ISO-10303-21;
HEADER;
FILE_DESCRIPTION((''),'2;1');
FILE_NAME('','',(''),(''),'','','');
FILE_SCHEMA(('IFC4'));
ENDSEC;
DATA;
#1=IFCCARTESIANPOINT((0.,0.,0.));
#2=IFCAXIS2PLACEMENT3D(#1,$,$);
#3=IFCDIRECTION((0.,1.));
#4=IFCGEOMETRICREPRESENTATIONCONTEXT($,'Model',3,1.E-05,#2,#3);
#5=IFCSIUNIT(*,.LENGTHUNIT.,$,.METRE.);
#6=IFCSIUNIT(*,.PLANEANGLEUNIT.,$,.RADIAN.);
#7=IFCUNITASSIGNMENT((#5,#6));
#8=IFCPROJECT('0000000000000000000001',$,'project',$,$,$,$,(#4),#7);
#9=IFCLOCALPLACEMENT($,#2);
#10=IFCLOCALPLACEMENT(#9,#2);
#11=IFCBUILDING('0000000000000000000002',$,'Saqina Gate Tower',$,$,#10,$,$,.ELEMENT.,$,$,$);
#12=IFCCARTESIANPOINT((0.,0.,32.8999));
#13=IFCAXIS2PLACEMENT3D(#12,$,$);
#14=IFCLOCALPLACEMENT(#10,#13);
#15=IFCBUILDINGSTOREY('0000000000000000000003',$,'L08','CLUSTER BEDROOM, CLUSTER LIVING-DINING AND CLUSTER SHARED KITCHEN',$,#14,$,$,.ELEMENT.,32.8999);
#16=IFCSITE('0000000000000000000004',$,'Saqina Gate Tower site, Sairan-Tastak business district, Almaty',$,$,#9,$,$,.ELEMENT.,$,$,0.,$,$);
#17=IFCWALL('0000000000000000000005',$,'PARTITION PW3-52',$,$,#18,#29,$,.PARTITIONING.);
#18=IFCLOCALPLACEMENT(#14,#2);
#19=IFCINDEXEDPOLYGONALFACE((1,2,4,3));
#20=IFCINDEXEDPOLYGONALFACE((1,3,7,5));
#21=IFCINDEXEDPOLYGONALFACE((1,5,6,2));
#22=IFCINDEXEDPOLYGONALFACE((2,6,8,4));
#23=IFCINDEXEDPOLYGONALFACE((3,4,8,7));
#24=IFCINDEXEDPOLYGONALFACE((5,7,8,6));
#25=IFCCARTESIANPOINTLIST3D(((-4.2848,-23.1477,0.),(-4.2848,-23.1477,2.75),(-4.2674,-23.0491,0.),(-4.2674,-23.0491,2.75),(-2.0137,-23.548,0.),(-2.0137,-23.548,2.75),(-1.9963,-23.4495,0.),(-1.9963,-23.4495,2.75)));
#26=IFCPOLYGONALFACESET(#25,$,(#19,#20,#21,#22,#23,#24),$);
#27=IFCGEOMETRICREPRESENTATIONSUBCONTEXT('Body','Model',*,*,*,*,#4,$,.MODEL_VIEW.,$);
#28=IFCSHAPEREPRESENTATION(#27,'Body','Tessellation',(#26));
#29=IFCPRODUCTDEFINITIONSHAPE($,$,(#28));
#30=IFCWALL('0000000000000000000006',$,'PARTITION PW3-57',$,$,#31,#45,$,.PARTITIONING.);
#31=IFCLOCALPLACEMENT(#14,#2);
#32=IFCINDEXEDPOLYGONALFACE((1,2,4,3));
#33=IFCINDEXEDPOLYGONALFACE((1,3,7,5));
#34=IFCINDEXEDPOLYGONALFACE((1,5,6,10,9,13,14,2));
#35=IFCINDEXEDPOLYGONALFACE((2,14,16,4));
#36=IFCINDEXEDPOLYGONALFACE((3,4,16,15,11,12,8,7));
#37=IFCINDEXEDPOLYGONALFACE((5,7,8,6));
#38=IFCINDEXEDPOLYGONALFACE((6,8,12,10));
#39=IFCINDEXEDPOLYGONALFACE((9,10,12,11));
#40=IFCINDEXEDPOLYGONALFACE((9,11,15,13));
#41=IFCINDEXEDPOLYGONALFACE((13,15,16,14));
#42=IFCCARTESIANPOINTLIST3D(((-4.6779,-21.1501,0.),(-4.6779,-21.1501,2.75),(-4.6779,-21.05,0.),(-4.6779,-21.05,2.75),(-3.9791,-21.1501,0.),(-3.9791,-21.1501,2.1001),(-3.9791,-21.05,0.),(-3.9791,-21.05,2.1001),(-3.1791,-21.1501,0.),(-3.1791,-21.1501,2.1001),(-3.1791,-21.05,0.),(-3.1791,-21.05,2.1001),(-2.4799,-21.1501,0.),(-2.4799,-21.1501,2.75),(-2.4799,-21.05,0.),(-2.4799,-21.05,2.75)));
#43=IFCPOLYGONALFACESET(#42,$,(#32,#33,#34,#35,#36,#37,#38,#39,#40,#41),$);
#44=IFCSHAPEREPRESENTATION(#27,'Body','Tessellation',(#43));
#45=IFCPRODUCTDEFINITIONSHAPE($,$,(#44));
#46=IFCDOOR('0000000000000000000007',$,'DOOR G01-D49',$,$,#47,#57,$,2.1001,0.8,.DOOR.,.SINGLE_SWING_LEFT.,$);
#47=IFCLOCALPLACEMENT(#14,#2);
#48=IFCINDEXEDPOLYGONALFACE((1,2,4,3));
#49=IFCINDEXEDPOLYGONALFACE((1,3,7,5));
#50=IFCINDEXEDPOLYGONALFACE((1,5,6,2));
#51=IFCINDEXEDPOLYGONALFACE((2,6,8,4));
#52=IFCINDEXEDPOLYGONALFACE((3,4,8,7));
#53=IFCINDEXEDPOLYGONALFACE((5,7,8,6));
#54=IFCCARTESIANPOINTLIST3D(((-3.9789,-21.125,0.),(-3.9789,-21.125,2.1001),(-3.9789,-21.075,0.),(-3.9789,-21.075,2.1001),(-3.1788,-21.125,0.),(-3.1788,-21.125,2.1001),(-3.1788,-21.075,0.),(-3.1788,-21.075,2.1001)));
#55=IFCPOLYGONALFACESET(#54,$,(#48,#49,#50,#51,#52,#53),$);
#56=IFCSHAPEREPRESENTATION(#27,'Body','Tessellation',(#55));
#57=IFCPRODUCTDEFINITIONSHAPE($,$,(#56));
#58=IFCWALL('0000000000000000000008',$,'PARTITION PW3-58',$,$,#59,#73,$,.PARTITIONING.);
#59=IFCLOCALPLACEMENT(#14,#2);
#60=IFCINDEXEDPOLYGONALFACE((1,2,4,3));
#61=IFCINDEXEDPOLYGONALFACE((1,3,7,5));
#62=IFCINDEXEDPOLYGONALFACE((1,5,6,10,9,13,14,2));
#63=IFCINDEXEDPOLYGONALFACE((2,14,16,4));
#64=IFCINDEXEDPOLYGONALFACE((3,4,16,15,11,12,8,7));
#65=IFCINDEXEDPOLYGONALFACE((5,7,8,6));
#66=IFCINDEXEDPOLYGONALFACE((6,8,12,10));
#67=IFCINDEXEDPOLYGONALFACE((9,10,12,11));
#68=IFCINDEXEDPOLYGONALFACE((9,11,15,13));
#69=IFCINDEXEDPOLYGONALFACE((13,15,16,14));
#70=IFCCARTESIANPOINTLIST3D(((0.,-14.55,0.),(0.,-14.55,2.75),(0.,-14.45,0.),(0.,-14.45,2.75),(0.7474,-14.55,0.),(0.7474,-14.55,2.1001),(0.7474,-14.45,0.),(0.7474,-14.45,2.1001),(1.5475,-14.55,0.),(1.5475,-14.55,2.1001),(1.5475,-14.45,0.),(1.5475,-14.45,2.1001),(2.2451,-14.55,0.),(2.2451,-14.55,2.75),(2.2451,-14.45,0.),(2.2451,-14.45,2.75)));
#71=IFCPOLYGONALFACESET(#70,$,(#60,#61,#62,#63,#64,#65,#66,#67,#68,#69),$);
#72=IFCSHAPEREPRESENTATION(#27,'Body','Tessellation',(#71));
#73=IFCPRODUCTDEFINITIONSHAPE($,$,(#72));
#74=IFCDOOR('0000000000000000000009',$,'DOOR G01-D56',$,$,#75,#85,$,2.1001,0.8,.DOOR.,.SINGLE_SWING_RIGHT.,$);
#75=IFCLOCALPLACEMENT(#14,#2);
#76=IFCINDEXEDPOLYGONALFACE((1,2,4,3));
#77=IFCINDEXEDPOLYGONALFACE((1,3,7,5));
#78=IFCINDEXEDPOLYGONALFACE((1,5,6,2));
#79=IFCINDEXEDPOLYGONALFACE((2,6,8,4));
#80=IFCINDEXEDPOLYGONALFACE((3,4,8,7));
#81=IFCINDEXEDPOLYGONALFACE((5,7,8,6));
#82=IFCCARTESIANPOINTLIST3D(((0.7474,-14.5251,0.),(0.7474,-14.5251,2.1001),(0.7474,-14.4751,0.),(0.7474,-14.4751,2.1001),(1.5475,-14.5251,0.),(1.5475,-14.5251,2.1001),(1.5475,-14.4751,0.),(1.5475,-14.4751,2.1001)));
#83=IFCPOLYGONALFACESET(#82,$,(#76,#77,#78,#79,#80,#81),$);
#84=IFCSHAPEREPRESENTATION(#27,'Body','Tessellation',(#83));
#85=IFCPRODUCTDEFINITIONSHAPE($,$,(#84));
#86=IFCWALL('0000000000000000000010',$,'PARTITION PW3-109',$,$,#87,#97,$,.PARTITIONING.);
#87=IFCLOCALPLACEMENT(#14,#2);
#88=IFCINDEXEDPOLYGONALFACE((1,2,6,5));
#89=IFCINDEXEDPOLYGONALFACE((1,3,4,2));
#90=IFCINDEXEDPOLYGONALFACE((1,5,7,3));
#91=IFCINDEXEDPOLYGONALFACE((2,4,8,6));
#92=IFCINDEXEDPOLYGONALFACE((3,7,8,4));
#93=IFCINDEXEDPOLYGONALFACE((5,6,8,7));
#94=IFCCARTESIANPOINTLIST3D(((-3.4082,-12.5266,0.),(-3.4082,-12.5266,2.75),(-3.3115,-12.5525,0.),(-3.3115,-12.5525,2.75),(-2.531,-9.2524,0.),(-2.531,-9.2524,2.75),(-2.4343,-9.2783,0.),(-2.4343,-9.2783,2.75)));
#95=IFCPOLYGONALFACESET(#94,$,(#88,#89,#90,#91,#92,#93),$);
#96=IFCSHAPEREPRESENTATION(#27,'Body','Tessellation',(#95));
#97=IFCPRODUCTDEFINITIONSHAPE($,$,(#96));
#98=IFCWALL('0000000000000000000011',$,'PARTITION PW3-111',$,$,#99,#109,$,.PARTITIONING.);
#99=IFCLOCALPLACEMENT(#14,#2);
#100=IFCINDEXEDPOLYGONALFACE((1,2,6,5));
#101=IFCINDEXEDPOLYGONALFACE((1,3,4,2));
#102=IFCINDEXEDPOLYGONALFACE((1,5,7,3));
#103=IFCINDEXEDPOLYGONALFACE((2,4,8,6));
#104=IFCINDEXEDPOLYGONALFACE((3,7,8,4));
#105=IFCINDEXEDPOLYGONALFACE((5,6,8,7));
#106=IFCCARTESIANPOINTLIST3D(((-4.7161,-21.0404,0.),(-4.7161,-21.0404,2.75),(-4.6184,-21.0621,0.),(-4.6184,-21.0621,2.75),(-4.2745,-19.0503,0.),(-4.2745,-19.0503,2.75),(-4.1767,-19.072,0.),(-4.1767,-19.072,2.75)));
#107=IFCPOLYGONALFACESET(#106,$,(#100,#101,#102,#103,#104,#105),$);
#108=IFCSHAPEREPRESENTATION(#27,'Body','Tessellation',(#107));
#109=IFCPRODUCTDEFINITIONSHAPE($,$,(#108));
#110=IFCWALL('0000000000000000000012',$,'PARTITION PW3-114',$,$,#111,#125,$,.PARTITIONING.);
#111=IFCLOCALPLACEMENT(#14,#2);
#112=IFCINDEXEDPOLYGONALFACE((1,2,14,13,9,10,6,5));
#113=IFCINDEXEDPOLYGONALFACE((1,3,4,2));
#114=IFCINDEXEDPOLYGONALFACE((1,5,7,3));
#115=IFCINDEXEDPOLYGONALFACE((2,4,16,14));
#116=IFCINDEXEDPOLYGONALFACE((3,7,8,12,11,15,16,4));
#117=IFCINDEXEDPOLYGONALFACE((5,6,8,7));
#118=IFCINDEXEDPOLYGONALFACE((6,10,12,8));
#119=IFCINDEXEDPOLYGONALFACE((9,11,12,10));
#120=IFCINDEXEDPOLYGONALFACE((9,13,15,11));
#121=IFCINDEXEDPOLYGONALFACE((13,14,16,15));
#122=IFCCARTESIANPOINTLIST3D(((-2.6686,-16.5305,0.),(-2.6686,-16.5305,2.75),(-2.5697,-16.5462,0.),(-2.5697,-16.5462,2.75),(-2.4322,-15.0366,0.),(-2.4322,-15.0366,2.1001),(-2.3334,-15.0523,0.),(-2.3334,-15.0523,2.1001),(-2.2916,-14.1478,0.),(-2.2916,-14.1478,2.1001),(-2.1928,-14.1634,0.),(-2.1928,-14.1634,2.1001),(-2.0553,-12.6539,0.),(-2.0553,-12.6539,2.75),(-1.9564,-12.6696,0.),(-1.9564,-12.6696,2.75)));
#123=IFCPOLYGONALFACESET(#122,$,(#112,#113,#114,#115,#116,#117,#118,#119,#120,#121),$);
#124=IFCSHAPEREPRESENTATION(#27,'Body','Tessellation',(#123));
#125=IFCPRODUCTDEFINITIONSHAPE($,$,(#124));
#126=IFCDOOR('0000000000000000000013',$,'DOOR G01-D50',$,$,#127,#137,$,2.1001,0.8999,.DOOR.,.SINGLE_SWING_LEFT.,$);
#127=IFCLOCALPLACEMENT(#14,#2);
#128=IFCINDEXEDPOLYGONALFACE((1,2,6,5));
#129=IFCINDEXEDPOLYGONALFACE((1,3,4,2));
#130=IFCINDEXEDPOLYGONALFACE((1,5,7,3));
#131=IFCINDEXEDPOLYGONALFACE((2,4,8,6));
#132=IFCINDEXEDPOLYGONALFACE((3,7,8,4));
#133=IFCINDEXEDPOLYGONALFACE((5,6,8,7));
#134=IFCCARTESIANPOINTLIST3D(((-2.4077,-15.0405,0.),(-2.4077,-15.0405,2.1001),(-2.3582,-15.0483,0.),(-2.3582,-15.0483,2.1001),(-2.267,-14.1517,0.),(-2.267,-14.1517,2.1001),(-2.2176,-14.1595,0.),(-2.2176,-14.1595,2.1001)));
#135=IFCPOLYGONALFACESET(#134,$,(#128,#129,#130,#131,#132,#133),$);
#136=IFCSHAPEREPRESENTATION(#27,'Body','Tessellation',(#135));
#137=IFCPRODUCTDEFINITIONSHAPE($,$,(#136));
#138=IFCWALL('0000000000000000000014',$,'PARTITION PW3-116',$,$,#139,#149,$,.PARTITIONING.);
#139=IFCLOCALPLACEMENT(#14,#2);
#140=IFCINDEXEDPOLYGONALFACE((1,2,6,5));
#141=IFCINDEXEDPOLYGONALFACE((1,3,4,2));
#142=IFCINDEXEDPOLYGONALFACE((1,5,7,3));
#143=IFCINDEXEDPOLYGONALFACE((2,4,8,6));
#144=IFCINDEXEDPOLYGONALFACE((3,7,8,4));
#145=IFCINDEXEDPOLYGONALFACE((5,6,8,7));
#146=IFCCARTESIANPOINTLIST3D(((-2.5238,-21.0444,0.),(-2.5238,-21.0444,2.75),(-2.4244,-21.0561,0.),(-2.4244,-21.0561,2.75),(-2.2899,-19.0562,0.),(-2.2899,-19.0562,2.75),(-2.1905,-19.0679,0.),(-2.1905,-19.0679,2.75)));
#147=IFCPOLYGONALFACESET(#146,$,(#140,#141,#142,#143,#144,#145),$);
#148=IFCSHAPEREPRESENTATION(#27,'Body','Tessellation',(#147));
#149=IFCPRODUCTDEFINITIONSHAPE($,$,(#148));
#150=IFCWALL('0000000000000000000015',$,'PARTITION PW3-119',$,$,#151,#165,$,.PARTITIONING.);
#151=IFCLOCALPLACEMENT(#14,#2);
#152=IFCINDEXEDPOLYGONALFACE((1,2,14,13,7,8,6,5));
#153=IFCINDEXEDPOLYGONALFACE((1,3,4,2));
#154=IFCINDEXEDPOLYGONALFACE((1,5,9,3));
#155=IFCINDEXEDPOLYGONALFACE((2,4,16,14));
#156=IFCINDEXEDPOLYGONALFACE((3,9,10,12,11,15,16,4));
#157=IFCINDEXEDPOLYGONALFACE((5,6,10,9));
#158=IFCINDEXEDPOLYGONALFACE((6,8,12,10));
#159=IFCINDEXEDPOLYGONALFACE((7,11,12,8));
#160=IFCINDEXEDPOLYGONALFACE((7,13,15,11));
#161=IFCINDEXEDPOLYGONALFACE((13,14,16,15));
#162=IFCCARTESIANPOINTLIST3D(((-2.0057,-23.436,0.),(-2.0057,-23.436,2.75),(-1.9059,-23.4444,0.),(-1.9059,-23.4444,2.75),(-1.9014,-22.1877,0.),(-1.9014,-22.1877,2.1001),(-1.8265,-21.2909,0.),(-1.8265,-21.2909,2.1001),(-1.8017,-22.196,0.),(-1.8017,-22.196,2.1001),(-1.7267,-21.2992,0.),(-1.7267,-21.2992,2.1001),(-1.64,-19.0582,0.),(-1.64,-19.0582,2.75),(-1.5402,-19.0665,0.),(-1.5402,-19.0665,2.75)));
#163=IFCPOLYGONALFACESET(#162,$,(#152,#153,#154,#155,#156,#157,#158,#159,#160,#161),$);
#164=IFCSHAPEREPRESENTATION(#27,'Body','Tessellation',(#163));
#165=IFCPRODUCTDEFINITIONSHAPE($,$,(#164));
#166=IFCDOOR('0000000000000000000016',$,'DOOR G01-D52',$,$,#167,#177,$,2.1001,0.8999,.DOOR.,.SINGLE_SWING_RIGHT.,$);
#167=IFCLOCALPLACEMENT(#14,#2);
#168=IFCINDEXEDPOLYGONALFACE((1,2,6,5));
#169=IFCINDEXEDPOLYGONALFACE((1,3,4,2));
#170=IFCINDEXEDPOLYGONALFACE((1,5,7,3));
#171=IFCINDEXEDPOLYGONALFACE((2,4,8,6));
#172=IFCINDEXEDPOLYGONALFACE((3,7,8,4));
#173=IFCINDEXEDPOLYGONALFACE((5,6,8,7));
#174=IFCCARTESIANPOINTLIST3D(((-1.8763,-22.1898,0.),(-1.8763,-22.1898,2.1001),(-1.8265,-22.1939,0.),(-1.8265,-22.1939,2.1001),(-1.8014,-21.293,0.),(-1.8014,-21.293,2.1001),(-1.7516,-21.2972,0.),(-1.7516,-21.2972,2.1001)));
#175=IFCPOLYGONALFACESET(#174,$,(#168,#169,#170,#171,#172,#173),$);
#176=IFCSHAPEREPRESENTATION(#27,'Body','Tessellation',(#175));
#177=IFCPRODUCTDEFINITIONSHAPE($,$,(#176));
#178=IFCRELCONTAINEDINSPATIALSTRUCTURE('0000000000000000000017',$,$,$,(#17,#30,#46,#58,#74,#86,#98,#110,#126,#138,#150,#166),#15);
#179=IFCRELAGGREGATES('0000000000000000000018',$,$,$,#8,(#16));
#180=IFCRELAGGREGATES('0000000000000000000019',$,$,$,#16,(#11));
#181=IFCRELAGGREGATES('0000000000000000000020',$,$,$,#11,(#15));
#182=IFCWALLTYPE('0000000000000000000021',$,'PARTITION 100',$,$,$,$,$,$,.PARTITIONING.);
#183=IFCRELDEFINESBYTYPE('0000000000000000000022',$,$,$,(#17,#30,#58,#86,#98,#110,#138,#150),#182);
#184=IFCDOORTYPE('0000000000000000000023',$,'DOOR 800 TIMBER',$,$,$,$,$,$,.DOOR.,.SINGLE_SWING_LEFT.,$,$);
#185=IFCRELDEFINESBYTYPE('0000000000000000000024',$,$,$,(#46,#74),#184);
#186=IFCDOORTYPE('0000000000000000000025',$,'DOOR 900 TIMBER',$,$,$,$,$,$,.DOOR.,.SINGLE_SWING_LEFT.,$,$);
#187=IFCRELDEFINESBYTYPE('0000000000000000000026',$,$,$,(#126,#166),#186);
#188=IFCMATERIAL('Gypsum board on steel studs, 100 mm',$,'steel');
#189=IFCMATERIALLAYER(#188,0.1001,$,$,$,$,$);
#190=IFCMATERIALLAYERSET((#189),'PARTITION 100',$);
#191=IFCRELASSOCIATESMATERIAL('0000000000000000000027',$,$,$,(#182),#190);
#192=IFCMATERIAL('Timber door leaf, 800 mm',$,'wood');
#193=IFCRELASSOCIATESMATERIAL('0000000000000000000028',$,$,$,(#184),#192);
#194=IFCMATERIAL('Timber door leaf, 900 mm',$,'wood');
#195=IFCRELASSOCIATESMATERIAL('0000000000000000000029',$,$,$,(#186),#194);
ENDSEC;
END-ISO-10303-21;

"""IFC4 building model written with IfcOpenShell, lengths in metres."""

from ifc_helpers import new_model, si_unit, direction, frame, frame_2d, origin, place, context, subcontext, project, spatial, rectangle, extrude, material, layer, layer_set, type_object, element, fill, save


model = new_model("IFC4")

# Units and contexts
model_context = context("Model", 3, precision=1e-05, world=origin(), true_north=direction((0.0, 1.0)))
body_context = subcontext(model_context, "Body", "Model", "MODEL_VIEW")
ifc_project = project(units=[si_unit("LENGTHUNIT", "METRE"), si_unit("PLANEANGLEUNIT", "RADIAN")], contexts=[model_context])

# Site, building, storey
site_placement = place(None, origin())
site = spatial("IfcSite", under=ifc_project, at=site_placement, Name="Saqina Gate Tower site, Sairan-Tastak business district, Almaty", CompositionType="ELEMENT", RefElevation=0.0)
building_placement = place(site_placement, origin())
building = spatial("IfcBuilding", under=site, at=building_placement, Name="Saqina Gate Tower", CompositionType="ELEMENT")
storey_placement = place(building_placement, frame((0.0, 0.0, 32.8999)))
storey = spatial("IfcBuildingStorey", under=building, at=storey_placement, Name="L08", Description="CLUSTER BEDROOM, CLUSTER LIVING-DINING AND CLUSTER SHARED KITCHEN", CompositionType="ELEMENT", Elevation=32.8999)

# Wall
ifc_material_1 = material(Name="Gypsum board on steel studs, 100 mm", Category="steel")
ifc_layer_1 = layer(ifc_material_1, 0.1001)
ifc_layer_set_1 = layer_set([ifc_layer_1], Name="PARTITION 100")
wall_type_1 = type_object("IfcWallType", Name="PARTITION 100", PredefinedType="PARTITIONING", material=ifc_layer_set_1)
wall_1_placement = place(storey_placement, frame((-4.2761, -23.0984, 0.0), z_axis=(0.0, 0.0, 1.0), x_axis=(0.984814, -0.17361, 0.0)))
element("IfcWall", 1, at=wall_1_placement, inside=storey, type_object=wall_type_1, Name="PARTITION PW3-52", PredefinedType="PARTITIONING", context=body_context, shape_type="SweptSolid", body=[
    extrude(rectangle(XDim=2.3062, YDim=0.1001, at=frame_2d((1.1531, 0.0))), origin(), (0.0, 0.0, 1.0), 2.75),
])

# Walls, openings, doors
wall_2_placement = place(storey_placement, frame((-4.678, -21.1001, 0.0), z_axis=(0.0, 0.0, 1.0), x_axis=(1.0, 0.0, 0.0)))
wall_2 = element("IfcWall", 2, at=wall_2_placement, inside=storey, type_object=wall_type_1, Name="PARTITION PW3-57", PredefinedType="PARTITIONING", context=body_context, shape_type="SweptSolid", body=[
    extrude(rectangle(XDim=2.198, YDim=0.1001, at=frame_2d((1.0991, 0.0))), origin(), (0.0, 0.0, 1.0), 2.75),
])
opening_1_placement = place(wall_2_placement, frame((0.699, 0.0, 0.0)))
opening_1 = element("IfcOpeningElement", 3, at=opening_1_placement, cuts=wall_2, PredefinedType="OPENING", context=body_context, shape_type="SweptSolid", body=[
    extrude(rectangle(XDim=0.8, YDim=2.1001, at=frame_2d((0.3999, 1.05))), frame((0.0, 0.062, 0.0), z_axis=(0.0, -1.0, 0.0), x_axis=(1.0, 0.0, 0.0)), (0.0, 0.0, 1.0), 0.124),
])
ifc_material_2 = material(Name="Timber door leaf, 800 mm", Category="wood")
door_type_1 = type_object("IfcDoorType", Name="DOOR 800 TIMBER", OperationType="SINGLE_SWING_LEFT", PredefinedType="DOOR", material=ifc_material_2)
door_1_placement = place(opening_1_placement, frame((0.8, 0.0, 0.0), z_axis=(0.0, 0.0, 1.0), x_axis=(-1.0, 0.0, 0.0)))
door_1 = element("IfcDoor", 4, at=door_1_placement, inside=storey, type_object=door_type_1, Name="DOOR G01-D49", OperationType="SINGLE_SWING_LEFT", OverallHeight=2.1001, OverallWidth=0.8, PredefinedType="DOOR", context=body_context, shape_type="SweptSolid", body=[
    extrude(rectangle(XDim=0.8, YDim=2.1001, at=frame_2d((0.3999, 1.05))), frame((0.0, 0.0249, 0.0), z_axis=(0.0, -1.0, 0.0), x_axis=(1.0, 0.0, 0.0)), (0.0, 0.0, 1.0), 0.05),
])
fill(opening_1, door_1)
wall_3_placement = place(storey_placement, frame((0.0, -14.5, 0.0), z_axis=(0.0, 0.0, 1.0), x_axis=(1.0, 0.0, 0.0)))
wall_3 = element("IfcWall", 5, at=wall_3_placement, inside=storey, type_object=wall_type_1, Name="PARTITION PW3-58", PredefinedType="PARTITIONING", context=body_context, shape_type="SweptSolid", body=[
    extrude(rectangle(XDim=2.2451, YDim=0.1001, at=frame_2d((1.1226, 0.0))), origin(), (0.0, 0.0, 1.0), 2.75),
])
opening_2_placement = place(wall_3_placement, frame((0.7476, 0.0, 0.0)))
opening_2 = element("IfcOpeningElement", 6, at=opening_2_placement, cuts=wall_3, PredefinedType="OPENING", context=body_context, shape_type="SweptSolid", body=[
    extrude(rectangle(XDim=0.8, YDim=2.1001, at=frame_2d((0.3999, 1.05))), frame((0.0, 0.062, 0.0), z_axis=(0.0, -1.0, 0.0), x_axis=(1.0, 0.0, 0.0)), (0.0, 0.0, 1.0), 0.124),
])
door_2_placement = place(opening_2_placement, origin())
door_2 = element("IfcDoor", 7, at=door_2_placement, inside=storey, type_object=door_type_1, Name="DOOR G01-D56", OperationType="SINGLE_SWING_RIGHT", OverallHeight=2.1001, OverallWidth=0.8, PredefinedType="DOOR", context=body_context, shape_type="SweptSolid", body=[
    extrude(rectangle(XDim=0.8, YDim=2.1001, at=frame_2d((0.3999, 1.05))), frame((0.0, 0.0249, 0.0), z_axis=(0.0, -1.0, 0.0), x_axis=(1.0, 0.0, 0.0)), (0.0, 0.0, 1.0), 0.05),
])
fill(opening_2, door_2)

# Walls
wall_4_placement = place(storey_placement, frame((-3.3599, -12.5396, 0.0), z_axis=(0.0, 0.0, 1.0), x_axis=(0.258788, 0.965934, 0.0)))
element("IfcWall", 8, at=wall_4_placement, inside=storey, type_object=wall_type_1, Name="PARTITION PW3-109", PredefinedType="PARTITIONING", context=body_context, shape_type="SweptSolid", body=[
    extrude(rectangle(XDim=3.3896, YDim=0.1001, at=frame_2d((1.6948, 0.0))), origin(), (0.0, 0.0, 1.0), 2.75),
])
wall_5_placement = place(storey_placement, frame((-4.6672, -21.0513, 0.0), z_axis=(0.0, 0.0, 1.0), x_axis=(0.216639, 0.976252, 0.0)))
element("IfcWall", 9, at=wall_5_placement, inside=storey, type_object=wall_type_1, Name="PARTITION PW3-111", PredefinedType="PARTITIONING", context=body_context, shape_type="SweptSolid", body=[
    extrude(rectangle(XDim=2.0386, YDim=0.1001, at=frame_2d((1.0193, 0.0))), origin(), (0.0, 0.0, 1.0), 2.75),
])

# Wall, opening, door
wall_6_placement = place(storey_placement, frame((-2.6191, -16.5383, 0.0), z_axis=(0.0, 0.0, 1.0), x_axis=(0.156253, 0.987717, 0.0)))
wall_6 = element("IfcWall", 10, at=wall_6_placement, inside=storey, type_object=wall_type_1, Name="PARTITION PW3-114", PredefinedType="PARTITIONING", context=body_context, shape_type="SweptSolid", body=[
    extrude(rectangle(XDim=3.9248, YDim=0.1001, at=frame_2d((1.9624, 0.0))), origin(), (0.0, 0.0, 1.0), 2.75),
])
opening_3_placement = place(wall_6_placement, frame((1.5125, 0.0, 0.0)))
opening_3 = element("IfcOpeningElement", 11, at=opening_3_placement, cuts=wall_6, PredefinedType="OPENING", context=body_context, shape_type="SweptSolid", body=[
    extrude(rectangle(XDim=0.8999, YDim=2.1001, at=frame_2d((0.45, 1.05))), frame((0.0, 0.062, 0.0), z_axis=(0.0, -1.0, 0.0), x_axis=(1.0, 0.0, 0.0)), (0.0, 0.0, 1.0), 0.124),
])
ifc_material_3 = material(Name="Timber door leaf, 900 mm", Category="wood")
door_type_2 = type_object("IfcDoorType", Name="DOOR 900 TIMBER", OperationType="SINGLE_SWING_LEFT", PredefinedType="DOOR", material=ifc_material_3)
door_3_placement = place(opening_3_placement, frame((0.8999, 0.0, 0.0), z_axis=(0.0, 0.0, 1.0), x_axis=(-1.0, 0.0, 0.0)))
door_3 = element("IfcDoor", 12, at=door_3_placement, inside=storey, type_object=door_type_2, Name="DOOR G01-D50", OperationType="SINGLE_SWING_LEFT", OverallHeight=2.1001, OverallWidth=0.8999, PredefinedType="DOOR", context=body_context, shape_type="SweptSolid", body=[
    extrude(rectangle(XDim=0.8999, YDim=2.1001, at=frame_2d((0.45, 1.05))), frame((0.0, 0.0249, 0.0), z_axis=(0.0, -1.0, 0.0), x_axis=(1.0, 0.0, 0.0)), (0.0, 0.0, 1.0), 0.05),
])
fill(opening_3, door_3)

# Wall
wall_7_placement = place(storey_placement, frame((-2.4741, -21.0503, 0.0), z_axis=(0.0, 0.0, 1.0), x_axis=(0.116827, 0.993152, 0.0)))
element("IfcWall", 13, at=wall_7_placement, inside=storey, type_object=wall_type_1, Name="PARTITION PW3-116", PredefinedType="PARTITIONING", context=body_context, shape_type="SweptSolid", body=[
    extrude(rectangle(XDim=2.002, YDim=0.1001, at=frame_2d((1.001, 0.0))), origin(), (0.0, 0.0, 1.0), 2.75),
])

# Wall, opening, door
wall_8_placement = place(storey_placement, frame((-1.9558, -23.4402, 0.0), z_axis=(0.0, 0.0, 1.0), x_axis=(0.083248, 0.996529, 0.0)))
wall_8 = element("IfcWall", 14, at=wall_8_placement, inside=storey, type_object=wall_type_1, Name="PARTITION PW3-119", PredefinedType="PARTITIONING", context=body_context, shape_type="SweptSolid", body=[
    extrude(rectangle(XDim=4.3931, YDim=0.1001, at=frame_2d((2.1965, 0.0))), origin(), (0.0, 0.0, 1.0), 2.75),
])
opening_4_placement = place(wall_8_placement, frame((1.2527, 0.0, 0.0)))
opening_4 = element("IfcOpeningElement", 15, at=opening_4_placement, cuts=wall_8, PredefinedType="OPENING", context=body_context, shape_type="SweptSolid", body=[
    extrude(rectangle(XDim=0.8999, YDim=2.1001, at=frame_2d((0.45, 1.05))), frame((0.0, 0.062, 0.0), z_axis=(0.0, -1.0, 0.0), x_axis=(1.0, 0.0, 0.0)), (0.0, 0.0, 1.0), 0.124),
])
door_4_placement = place(opening_4_placement, origin())
door_4 = element("IfcDoor", 16, at=door_4_placement, inside=storey, type_object=door_type_2, Name="DOOR G01-D52", OperationType="SINGLE_SWING_RIGHT", OverallHeight=2.1001, OverallWidth=0.8999, PredefinedType="DOOR", context=body_context, shape_type="SweptSolid", body=[
    extrude(rectangle(XDim=0.8999, YDim=2.1001, at=frame_2d((0.45, 1.05))), frame((0.0, 0.0249, 0.0), z_axis=(0.0, -1.0, 0.0), x_axis=(1.0, 0.0, 0.0)), (0.0, 0.0, 1.0), 0.05),
])
fill(opening_4, door_4)

save(model, "model.ifc")
